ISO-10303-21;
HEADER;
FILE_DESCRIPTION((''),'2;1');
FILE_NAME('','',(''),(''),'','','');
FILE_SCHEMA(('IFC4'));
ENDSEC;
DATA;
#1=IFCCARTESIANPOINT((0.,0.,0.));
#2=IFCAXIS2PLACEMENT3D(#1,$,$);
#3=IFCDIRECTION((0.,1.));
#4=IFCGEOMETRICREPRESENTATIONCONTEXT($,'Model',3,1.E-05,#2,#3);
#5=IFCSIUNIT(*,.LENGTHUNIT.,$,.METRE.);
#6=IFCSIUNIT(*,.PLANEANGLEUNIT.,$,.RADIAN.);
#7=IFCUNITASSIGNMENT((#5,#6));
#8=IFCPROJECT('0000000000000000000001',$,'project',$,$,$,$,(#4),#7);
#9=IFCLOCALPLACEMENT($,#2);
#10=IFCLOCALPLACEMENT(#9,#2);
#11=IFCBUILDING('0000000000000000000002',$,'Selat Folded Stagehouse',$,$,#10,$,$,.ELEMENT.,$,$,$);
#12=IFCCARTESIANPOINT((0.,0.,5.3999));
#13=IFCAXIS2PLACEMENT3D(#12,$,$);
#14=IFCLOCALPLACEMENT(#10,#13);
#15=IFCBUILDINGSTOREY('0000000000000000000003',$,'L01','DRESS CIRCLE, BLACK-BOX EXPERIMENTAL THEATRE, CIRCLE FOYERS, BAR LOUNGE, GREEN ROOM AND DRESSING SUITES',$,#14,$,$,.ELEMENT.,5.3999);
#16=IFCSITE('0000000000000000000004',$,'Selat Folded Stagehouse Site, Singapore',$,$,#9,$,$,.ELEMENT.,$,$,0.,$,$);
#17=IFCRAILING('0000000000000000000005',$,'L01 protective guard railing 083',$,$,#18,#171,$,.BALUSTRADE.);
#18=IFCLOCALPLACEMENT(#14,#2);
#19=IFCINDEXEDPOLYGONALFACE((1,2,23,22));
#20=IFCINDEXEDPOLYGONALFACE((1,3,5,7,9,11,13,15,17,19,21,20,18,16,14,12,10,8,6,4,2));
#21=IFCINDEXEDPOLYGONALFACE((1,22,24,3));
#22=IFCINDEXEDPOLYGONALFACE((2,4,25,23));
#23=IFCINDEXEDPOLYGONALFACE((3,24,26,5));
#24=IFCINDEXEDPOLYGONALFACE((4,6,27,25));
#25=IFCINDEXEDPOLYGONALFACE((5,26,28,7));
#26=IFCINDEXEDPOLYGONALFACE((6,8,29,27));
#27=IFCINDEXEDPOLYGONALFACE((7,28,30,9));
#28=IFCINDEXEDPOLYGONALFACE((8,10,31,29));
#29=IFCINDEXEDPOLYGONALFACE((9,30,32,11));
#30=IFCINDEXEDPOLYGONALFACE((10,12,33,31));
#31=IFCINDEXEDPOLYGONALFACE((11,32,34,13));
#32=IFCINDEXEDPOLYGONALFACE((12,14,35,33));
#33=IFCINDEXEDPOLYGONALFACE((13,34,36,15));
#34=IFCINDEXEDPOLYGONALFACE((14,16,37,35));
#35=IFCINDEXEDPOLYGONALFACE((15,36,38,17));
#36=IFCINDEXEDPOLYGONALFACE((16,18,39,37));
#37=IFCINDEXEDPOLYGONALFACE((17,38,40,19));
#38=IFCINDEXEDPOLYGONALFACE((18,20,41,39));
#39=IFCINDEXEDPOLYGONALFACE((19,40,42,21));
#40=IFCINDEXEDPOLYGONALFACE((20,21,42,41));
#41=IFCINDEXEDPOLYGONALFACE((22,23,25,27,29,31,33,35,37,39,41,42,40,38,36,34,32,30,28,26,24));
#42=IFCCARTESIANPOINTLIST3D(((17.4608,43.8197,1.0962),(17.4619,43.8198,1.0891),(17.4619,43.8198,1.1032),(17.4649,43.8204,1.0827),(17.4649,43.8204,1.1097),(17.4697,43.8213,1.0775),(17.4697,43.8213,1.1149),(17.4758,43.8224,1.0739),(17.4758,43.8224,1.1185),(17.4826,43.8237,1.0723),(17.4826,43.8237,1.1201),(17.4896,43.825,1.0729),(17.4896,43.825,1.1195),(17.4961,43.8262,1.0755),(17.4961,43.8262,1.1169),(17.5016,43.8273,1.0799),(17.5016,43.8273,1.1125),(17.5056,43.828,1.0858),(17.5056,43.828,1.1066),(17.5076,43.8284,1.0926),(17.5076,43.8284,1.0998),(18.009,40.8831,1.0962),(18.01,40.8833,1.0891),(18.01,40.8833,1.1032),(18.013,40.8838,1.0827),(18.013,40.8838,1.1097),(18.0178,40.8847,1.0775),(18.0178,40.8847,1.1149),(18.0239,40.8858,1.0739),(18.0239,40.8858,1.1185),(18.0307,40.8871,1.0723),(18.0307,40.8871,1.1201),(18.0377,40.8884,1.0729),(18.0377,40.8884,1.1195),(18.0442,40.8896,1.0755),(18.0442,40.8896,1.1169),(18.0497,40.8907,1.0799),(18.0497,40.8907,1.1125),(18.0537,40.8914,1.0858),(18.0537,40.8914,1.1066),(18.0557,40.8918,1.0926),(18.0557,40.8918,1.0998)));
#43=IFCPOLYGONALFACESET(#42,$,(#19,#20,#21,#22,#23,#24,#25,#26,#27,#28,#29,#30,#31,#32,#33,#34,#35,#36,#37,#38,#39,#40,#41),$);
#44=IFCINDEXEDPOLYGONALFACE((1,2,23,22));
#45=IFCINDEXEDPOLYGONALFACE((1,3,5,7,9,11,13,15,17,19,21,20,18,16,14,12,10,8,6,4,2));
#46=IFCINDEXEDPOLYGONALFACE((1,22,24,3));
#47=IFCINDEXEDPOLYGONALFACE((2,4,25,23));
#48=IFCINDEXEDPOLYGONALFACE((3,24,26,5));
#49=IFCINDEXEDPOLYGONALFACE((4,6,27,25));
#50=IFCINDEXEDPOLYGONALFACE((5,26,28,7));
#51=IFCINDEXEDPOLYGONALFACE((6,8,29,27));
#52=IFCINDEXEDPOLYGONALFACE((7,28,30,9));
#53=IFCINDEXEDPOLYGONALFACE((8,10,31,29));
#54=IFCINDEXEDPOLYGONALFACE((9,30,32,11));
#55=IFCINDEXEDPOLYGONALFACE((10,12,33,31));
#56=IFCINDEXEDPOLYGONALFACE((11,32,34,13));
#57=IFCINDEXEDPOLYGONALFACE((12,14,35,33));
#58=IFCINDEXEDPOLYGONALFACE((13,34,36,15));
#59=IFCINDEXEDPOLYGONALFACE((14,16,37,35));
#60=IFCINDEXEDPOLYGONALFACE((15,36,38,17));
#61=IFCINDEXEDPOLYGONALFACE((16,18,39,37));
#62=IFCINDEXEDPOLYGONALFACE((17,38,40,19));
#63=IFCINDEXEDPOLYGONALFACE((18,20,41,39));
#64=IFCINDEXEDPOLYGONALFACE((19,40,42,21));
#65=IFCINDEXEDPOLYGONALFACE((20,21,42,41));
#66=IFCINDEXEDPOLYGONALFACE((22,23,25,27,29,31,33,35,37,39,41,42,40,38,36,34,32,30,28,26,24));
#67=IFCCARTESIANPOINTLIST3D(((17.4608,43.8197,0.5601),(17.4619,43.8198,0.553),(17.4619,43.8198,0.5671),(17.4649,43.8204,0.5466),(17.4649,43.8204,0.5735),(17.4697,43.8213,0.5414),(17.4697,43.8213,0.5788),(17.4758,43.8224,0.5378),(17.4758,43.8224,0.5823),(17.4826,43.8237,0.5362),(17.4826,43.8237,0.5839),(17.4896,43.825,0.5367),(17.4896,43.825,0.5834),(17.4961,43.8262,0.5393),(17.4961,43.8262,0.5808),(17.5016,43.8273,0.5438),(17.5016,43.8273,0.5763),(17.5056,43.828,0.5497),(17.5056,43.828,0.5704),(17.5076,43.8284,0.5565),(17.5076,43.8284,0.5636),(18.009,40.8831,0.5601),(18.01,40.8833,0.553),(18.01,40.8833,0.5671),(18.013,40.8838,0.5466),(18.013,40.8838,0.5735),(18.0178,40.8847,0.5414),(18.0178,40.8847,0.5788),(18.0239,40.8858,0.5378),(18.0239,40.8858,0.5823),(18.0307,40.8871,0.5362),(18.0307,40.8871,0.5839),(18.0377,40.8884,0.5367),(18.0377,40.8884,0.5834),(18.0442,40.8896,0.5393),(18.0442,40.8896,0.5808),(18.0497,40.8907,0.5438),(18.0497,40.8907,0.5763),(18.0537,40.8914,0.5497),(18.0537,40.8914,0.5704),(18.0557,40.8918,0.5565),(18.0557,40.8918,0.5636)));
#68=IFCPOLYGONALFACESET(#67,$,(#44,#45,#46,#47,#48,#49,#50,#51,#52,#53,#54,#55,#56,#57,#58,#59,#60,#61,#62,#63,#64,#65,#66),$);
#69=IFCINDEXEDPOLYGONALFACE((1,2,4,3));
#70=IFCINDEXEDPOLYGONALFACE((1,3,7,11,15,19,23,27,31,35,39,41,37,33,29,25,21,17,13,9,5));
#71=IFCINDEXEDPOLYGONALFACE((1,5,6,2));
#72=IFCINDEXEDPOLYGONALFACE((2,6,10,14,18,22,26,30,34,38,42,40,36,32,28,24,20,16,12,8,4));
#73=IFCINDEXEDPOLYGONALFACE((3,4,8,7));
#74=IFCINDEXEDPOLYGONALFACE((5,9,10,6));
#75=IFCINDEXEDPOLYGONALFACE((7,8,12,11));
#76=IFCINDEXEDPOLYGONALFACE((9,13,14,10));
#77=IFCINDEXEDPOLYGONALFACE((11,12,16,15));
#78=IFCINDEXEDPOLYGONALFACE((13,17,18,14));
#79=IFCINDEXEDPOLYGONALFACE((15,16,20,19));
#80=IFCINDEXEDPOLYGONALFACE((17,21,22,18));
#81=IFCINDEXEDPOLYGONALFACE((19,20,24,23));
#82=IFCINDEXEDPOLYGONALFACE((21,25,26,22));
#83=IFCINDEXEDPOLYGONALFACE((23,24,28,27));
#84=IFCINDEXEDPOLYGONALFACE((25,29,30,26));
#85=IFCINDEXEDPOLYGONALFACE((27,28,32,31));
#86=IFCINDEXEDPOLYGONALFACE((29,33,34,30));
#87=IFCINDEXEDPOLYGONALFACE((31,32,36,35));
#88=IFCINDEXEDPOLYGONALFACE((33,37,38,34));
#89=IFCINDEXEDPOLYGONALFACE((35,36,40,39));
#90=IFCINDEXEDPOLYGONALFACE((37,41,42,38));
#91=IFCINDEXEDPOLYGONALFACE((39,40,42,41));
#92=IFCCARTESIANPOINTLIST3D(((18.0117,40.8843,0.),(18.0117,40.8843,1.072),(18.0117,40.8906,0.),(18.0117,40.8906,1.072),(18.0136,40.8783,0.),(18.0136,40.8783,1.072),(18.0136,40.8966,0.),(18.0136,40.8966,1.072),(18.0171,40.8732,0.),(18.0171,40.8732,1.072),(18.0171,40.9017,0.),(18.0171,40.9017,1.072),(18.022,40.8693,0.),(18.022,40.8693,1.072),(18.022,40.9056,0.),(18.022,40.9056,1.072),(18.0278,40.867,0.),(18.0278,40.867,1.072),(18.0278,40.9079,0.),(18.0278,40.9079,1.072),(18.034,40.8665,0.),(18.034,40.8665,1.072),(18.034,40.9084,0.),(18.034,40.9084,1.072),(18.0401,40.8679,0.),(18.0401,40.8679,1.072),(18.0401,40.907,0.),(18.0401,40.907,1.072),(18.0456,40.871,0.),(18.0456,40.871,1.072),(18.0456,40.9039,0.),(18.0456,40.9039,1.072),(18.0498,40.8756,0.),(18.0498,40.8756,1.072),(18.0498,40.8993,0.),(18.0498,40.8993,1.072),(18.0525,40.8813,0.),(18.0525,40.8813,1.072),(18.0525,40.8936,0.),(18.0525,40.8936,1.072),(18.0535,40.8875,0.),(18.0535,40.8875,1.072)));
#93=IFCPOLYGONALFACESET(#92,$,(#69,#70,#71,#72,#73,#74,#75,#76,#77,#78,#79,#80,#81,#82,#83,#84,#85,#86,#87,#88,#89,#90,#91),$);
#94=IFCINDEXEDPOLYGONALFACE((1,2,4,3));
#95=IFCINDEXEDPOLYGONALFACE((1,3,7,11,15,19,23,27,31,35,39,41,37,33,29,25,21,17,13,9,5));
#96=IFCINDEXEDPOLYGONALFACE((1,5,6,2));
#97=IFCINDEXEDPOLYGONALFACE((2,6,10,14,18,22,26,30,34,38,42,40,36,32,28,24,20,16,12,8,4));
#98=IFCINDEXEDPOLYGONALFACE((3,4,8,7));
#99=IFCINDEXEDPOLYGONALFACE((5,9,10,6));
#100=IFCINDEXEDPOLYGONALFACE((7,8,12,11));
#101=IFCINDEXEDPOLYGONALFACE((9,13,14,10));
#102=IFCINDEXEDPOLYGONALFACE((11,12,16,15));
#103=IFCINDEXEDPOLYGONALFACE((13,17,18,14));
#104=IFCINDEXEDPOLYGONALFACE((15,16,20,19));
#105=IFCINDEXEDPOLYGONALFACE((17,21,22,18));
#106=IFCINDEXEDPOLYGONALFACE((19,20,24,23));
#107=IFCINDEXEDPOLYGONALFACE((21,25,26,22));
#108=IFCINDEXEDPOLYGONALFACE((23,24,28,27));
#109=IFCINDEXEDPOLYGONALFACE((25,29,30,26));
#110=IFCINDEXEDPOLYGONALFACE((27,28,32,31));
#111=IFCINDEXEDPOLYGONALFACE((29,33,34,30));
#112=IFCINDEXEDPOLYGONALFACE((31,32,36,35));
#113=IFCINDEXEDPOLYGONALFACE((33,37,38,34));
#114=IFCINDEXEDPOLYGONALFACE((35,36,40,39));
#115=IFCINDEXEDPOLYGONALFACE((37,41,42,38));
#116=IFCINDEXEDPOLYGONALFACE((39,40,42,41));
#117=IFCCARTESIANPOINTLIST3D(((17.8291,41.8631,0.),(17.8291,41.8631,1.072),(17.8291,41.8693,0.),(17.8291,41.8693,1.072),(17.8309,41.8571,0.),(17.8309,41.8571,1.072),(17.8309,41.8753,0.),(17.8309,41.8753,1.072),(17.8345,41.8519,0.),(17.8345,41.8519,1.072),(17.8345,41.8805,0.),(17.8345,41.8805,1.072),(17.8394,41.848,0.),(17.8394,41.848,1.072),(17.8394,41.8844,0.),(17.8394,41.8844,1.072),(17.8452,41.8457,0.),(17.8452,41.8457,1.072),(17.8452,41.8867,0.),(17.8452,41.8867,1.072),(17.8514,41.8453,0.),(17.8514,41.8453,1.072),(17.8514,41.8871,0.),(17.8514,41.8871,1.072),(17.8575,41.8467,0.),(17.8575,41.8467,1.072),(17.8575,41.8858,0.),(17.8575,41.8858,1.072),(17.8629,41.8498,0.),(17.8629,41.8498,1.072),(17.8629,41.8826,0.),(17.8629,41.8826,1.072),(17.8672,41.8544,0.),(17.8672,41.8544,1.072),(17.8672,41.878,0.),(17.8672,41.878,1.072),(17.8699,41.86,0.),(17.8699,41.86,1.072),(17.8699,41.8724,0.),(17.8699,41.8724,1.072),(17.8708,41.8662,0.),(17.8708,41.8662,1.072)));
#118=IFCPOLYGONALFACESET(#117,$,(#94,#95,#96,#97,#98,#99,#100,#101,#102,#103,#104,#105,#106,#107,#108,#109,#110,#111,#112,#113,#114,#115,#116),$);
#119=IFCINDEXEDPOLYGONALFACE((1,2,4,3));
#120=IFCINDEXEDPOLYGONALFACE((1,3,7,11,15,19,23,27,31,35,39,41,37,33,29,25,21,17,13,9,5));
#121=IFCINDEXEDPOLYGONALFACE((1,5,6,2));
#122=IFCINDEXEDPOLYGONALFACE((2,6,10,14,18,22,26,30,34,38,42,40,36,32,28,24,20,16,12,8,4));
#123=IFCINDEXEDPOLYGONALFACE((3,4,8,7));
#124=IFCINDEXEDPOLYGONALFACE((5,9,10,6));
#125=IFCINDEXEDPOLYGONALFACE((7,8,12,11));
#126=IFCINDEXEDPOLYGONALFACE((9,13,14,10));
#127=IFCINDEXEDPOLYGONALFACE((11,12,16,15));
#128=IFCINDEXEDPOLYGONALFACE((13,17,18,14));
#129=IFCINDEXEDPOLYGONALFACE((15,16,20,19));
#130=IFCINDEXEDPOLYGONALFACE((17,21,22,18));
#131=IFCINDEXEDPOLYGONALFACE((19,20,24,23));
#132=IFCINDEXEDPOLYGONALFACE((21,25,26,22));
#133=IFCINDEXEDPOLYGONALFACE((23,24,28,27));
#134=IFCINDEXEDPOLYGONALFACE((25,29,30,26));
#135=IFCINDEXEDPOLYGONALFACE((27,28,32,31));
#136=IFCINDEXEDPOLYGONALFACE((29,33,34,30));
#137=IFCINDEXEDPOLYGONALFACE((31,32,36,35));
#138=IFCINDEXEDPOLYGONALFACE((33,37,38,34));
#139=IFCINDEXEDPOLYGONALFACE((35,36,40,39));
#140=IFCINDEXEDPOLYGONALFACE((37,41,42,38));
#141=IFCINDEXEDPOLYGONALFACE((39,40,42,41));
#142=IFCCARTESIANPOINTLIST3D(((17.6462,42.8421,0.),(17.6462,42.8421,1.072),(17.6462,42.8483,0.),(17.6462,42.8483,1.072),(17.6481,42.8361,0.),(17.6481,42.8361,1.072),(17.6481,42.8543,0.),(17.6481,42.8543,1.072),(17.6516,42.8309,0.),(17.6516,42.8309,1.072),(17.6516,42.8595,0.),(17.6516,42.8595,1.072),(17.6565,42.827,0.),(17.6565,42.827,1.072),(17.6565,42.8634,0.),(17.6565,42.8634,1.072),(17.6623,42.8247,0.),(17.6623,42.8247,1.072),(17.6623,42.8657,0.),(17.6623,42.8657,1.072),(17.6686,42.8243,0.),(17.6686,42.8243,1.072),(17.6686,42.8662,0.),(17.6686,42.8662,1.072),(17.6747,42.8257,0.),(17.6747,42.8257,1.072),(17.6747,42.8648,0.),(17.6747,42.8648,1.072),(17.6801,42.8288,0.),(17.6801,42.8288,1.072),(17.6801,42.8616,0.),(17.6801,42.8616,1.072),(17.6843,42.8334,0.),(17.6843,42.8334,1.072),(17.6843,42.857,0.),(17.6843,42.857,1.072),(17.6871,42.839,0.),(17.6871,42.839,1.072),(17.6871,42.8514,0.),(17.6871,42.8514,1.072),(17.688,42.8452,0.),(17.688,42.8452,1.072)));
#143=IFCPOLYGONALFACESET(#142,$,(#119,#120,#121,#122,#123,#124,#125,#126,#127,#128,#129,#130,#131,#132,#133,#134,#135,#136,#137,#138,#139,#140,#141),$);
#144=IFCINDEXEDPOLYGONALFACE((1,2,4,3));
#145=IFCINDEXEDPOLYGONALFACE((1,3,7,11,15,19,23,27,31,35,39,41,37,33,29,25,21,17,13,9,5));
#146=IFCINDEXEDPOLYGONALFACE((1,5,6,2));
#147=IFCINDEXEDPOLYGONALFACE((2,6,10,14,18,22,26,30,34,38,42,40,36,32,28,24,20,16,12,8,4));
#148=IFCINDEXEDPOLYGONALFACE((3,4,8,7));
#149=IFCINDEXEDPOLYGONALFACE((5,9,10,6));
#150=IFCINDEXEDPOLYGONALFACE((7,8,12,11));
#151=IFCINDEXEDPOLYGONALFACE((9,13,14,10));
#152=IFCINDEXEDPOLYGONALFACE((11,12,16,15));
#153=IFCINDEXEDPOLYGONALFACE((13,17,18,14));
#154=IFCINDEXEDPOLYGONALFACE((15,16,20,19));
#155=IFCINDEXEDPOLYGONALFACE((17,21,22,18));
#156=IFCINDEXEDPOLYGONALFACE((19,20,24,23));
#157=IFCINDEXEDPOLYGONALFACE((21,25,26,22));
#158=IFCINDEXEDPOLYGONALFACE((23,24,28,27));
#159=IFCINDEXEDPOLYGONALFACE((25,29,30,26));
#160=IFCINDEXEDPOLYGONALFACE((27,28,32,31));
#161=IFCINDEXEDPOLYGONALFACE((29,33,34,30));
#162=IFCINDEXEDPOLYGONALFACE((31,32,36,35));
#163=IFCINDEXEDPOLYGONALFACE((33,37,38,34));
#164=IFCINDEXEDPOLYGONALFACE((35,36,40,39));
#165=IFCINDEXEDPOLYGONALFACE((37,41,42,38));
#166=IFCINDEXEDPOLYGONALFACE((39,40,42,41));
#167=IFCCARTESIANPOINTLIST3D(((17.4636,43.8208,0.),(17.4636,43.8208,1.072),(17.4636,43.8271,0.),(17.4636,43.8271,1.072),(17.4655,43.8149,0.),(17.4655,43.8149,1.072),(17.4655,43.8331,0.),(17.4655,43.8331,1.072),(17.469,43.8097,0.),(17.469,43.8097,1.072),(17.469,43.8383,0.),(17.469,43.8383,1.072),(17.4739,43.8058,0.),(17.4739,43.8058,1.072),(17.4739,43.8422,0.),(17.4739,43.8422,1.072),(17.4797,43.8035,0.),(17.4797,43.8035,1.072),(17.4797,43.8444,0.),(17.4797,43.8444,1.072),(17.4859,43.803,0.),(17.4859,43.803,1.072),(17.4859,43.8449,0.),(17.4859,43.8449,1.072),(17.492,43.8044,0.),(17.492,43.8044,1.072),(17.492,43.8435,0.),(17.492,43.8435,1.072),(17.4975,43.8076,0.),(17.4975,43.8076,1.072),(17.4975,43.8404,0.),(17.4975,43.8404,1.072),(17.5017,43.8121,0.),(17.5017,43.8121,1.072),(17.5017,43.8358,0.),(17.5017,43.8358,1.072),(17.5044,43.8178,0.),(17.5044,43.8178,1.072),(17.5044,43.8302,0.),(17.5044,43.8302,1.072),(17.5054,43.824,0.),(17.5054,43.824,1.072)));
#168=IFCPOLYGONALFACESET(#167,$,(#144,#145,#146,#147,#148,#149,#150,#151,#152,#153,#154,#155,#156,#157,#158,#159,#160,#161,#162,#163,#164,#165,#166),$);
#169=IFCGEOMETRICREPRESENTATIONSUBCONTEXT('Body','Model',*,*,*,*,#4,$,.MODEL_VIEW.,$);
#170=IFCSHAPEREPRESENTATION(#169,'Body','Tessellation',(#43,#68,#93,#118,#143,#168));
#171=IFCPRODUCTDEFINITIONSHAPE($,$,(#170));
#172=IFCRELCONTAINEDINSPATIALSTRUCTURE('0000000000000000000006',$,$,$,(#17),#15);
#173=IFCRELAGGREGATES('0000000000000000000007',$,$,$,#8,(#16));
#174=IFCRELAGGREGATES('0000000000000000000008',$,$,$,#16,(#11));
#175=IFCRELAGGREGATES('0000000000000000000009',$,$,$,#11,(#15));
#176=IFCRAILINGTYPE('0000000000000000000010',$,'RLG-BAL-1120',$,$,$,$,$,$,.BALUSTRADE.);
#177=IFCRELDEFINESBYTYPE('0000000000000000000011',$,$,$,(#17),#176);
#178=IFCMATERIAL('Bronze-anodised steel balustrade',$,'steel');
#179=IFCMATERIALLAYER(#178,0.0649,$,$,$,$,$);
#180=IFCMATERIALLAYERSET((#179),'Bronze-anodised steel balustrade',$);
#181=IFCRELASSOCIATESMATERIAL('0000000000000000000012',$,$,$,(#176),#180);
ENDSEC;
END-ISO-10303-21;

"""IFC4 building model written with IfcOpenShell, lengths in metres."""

from ifc_helpers import new_model, si_unit, direction, frame, origin, origin_2d, place, context, subcontext, project, spatial, circle, extrude, material, layer, layer_set, type_object, element, save


model = new_model("IFC4")

# Units and contexts
model_context = context("Model", 3, precision=1e-05, world=origin(), true_north=direction((0.0, 1.0)))
body_context = subcontext(model_context, "Body", "Model", "MODEL_VIEW")
ifc_project = project(units=[si_unit("LENGTHUNIT", "METRE"), si_unit("PLANEANGLEUNIT", "RADIAN")], contexts=[model_context])

# Site, building, storey
site_placement = place(None, origin())
site = spatial("IfcSite", under=ifc_project, at=site_placement, Name="Selat Folded Stagehouse Site, Singapore", CompositionType="ELEMENT", RefElevation=0.0)
building_placement = place(site_placement, origin())
building = spatial("IfcBuilding", under=site, at=building_placement, Name="Selat Folded Stagehouse", CompositionType="ELEMENT")
storey_placement = place(building_placement, frame((0.0, 0.0, 5.3999)))
storey = spatial("IfcBuildingStorey", under=building, at=storey_placement, Name="L01", Description="DRESS CIRCLE, BLACK-BOX EXPERIMENTAL THEATRE, CIRCLE FOYERS, BAR LOUNGE, GREEN ROOM AND DRESSING SUITES", CompositionType="ELEMENT", Elevation=5.3999)

# Railing
ifc_material_1 = material(Name="Bronze-anodised steel balustrade", Category="steel")
ifc_layer_1 = layer(ifc_material_1, 0.0649)
ifc_layer_set_1 = layer_set([ifc_layer_1], Name="Bronze-anodised steel balustrade")
railing_type = type_object("IfcRailingType", Name="RLG-BAL-1120", PredefinedType="BALUSTRADE", material=ifc_layer_set_1)
railing_1_placement = place(storey_placement, frame((18.0325, 40.8875, 0.0)))
element("IfcRailing", 1, at=railing_1_placement, inside=storey, type_object=railing_type, Name="L01 protective guard railing 083", PredefinedType="BALUSTRADE", context=body_context, shape_type="SweptSolid", body=[
    extrude(circle(Radius=0.0239, at=origin_2d()), frame((0.0, 0.0, 1.0962), z_axis=(-0.183479, 0.983024, 0.0), x_axis=(-0.983024, -0.183479, 0.0)), (0.0, 0.0, 1.0), 2.9873),
    extrude(circle(Radius=0.0239, at=origin_2d()), frame((0.0, 0.0, 0.5601), z_axis=(-0.183479, 0.983024, 0.0), x_axis=(-0.983024, -0.183479, 0.0)), (0.0, 0.0, 1.0), 2.9873),
    extrude(circle(Radius=0.021, at=origin_2d()), origin(), (0.0, 0.0, 1.0), 1.072),
    extrude(circle(Radius=0.021, at=origin_2d()), frame((-0.1826, 0.9788, 0.0)), (0.0, 0.0, 1.0), 1.072),
    extrude(circle(Radius=0.021, at=origin_2d()), frame((-0.3655, 1.9578, 0.0)), (0.0, 0.0, 1.0), 1.072),
    extrude(circle(Radius=0.021, at=origin_2d()), frame((-0.5481, 2.9365, 0.0)), (0.0, 0.0, 1.0), 1.072),
])

save(model, "model.ifc")
